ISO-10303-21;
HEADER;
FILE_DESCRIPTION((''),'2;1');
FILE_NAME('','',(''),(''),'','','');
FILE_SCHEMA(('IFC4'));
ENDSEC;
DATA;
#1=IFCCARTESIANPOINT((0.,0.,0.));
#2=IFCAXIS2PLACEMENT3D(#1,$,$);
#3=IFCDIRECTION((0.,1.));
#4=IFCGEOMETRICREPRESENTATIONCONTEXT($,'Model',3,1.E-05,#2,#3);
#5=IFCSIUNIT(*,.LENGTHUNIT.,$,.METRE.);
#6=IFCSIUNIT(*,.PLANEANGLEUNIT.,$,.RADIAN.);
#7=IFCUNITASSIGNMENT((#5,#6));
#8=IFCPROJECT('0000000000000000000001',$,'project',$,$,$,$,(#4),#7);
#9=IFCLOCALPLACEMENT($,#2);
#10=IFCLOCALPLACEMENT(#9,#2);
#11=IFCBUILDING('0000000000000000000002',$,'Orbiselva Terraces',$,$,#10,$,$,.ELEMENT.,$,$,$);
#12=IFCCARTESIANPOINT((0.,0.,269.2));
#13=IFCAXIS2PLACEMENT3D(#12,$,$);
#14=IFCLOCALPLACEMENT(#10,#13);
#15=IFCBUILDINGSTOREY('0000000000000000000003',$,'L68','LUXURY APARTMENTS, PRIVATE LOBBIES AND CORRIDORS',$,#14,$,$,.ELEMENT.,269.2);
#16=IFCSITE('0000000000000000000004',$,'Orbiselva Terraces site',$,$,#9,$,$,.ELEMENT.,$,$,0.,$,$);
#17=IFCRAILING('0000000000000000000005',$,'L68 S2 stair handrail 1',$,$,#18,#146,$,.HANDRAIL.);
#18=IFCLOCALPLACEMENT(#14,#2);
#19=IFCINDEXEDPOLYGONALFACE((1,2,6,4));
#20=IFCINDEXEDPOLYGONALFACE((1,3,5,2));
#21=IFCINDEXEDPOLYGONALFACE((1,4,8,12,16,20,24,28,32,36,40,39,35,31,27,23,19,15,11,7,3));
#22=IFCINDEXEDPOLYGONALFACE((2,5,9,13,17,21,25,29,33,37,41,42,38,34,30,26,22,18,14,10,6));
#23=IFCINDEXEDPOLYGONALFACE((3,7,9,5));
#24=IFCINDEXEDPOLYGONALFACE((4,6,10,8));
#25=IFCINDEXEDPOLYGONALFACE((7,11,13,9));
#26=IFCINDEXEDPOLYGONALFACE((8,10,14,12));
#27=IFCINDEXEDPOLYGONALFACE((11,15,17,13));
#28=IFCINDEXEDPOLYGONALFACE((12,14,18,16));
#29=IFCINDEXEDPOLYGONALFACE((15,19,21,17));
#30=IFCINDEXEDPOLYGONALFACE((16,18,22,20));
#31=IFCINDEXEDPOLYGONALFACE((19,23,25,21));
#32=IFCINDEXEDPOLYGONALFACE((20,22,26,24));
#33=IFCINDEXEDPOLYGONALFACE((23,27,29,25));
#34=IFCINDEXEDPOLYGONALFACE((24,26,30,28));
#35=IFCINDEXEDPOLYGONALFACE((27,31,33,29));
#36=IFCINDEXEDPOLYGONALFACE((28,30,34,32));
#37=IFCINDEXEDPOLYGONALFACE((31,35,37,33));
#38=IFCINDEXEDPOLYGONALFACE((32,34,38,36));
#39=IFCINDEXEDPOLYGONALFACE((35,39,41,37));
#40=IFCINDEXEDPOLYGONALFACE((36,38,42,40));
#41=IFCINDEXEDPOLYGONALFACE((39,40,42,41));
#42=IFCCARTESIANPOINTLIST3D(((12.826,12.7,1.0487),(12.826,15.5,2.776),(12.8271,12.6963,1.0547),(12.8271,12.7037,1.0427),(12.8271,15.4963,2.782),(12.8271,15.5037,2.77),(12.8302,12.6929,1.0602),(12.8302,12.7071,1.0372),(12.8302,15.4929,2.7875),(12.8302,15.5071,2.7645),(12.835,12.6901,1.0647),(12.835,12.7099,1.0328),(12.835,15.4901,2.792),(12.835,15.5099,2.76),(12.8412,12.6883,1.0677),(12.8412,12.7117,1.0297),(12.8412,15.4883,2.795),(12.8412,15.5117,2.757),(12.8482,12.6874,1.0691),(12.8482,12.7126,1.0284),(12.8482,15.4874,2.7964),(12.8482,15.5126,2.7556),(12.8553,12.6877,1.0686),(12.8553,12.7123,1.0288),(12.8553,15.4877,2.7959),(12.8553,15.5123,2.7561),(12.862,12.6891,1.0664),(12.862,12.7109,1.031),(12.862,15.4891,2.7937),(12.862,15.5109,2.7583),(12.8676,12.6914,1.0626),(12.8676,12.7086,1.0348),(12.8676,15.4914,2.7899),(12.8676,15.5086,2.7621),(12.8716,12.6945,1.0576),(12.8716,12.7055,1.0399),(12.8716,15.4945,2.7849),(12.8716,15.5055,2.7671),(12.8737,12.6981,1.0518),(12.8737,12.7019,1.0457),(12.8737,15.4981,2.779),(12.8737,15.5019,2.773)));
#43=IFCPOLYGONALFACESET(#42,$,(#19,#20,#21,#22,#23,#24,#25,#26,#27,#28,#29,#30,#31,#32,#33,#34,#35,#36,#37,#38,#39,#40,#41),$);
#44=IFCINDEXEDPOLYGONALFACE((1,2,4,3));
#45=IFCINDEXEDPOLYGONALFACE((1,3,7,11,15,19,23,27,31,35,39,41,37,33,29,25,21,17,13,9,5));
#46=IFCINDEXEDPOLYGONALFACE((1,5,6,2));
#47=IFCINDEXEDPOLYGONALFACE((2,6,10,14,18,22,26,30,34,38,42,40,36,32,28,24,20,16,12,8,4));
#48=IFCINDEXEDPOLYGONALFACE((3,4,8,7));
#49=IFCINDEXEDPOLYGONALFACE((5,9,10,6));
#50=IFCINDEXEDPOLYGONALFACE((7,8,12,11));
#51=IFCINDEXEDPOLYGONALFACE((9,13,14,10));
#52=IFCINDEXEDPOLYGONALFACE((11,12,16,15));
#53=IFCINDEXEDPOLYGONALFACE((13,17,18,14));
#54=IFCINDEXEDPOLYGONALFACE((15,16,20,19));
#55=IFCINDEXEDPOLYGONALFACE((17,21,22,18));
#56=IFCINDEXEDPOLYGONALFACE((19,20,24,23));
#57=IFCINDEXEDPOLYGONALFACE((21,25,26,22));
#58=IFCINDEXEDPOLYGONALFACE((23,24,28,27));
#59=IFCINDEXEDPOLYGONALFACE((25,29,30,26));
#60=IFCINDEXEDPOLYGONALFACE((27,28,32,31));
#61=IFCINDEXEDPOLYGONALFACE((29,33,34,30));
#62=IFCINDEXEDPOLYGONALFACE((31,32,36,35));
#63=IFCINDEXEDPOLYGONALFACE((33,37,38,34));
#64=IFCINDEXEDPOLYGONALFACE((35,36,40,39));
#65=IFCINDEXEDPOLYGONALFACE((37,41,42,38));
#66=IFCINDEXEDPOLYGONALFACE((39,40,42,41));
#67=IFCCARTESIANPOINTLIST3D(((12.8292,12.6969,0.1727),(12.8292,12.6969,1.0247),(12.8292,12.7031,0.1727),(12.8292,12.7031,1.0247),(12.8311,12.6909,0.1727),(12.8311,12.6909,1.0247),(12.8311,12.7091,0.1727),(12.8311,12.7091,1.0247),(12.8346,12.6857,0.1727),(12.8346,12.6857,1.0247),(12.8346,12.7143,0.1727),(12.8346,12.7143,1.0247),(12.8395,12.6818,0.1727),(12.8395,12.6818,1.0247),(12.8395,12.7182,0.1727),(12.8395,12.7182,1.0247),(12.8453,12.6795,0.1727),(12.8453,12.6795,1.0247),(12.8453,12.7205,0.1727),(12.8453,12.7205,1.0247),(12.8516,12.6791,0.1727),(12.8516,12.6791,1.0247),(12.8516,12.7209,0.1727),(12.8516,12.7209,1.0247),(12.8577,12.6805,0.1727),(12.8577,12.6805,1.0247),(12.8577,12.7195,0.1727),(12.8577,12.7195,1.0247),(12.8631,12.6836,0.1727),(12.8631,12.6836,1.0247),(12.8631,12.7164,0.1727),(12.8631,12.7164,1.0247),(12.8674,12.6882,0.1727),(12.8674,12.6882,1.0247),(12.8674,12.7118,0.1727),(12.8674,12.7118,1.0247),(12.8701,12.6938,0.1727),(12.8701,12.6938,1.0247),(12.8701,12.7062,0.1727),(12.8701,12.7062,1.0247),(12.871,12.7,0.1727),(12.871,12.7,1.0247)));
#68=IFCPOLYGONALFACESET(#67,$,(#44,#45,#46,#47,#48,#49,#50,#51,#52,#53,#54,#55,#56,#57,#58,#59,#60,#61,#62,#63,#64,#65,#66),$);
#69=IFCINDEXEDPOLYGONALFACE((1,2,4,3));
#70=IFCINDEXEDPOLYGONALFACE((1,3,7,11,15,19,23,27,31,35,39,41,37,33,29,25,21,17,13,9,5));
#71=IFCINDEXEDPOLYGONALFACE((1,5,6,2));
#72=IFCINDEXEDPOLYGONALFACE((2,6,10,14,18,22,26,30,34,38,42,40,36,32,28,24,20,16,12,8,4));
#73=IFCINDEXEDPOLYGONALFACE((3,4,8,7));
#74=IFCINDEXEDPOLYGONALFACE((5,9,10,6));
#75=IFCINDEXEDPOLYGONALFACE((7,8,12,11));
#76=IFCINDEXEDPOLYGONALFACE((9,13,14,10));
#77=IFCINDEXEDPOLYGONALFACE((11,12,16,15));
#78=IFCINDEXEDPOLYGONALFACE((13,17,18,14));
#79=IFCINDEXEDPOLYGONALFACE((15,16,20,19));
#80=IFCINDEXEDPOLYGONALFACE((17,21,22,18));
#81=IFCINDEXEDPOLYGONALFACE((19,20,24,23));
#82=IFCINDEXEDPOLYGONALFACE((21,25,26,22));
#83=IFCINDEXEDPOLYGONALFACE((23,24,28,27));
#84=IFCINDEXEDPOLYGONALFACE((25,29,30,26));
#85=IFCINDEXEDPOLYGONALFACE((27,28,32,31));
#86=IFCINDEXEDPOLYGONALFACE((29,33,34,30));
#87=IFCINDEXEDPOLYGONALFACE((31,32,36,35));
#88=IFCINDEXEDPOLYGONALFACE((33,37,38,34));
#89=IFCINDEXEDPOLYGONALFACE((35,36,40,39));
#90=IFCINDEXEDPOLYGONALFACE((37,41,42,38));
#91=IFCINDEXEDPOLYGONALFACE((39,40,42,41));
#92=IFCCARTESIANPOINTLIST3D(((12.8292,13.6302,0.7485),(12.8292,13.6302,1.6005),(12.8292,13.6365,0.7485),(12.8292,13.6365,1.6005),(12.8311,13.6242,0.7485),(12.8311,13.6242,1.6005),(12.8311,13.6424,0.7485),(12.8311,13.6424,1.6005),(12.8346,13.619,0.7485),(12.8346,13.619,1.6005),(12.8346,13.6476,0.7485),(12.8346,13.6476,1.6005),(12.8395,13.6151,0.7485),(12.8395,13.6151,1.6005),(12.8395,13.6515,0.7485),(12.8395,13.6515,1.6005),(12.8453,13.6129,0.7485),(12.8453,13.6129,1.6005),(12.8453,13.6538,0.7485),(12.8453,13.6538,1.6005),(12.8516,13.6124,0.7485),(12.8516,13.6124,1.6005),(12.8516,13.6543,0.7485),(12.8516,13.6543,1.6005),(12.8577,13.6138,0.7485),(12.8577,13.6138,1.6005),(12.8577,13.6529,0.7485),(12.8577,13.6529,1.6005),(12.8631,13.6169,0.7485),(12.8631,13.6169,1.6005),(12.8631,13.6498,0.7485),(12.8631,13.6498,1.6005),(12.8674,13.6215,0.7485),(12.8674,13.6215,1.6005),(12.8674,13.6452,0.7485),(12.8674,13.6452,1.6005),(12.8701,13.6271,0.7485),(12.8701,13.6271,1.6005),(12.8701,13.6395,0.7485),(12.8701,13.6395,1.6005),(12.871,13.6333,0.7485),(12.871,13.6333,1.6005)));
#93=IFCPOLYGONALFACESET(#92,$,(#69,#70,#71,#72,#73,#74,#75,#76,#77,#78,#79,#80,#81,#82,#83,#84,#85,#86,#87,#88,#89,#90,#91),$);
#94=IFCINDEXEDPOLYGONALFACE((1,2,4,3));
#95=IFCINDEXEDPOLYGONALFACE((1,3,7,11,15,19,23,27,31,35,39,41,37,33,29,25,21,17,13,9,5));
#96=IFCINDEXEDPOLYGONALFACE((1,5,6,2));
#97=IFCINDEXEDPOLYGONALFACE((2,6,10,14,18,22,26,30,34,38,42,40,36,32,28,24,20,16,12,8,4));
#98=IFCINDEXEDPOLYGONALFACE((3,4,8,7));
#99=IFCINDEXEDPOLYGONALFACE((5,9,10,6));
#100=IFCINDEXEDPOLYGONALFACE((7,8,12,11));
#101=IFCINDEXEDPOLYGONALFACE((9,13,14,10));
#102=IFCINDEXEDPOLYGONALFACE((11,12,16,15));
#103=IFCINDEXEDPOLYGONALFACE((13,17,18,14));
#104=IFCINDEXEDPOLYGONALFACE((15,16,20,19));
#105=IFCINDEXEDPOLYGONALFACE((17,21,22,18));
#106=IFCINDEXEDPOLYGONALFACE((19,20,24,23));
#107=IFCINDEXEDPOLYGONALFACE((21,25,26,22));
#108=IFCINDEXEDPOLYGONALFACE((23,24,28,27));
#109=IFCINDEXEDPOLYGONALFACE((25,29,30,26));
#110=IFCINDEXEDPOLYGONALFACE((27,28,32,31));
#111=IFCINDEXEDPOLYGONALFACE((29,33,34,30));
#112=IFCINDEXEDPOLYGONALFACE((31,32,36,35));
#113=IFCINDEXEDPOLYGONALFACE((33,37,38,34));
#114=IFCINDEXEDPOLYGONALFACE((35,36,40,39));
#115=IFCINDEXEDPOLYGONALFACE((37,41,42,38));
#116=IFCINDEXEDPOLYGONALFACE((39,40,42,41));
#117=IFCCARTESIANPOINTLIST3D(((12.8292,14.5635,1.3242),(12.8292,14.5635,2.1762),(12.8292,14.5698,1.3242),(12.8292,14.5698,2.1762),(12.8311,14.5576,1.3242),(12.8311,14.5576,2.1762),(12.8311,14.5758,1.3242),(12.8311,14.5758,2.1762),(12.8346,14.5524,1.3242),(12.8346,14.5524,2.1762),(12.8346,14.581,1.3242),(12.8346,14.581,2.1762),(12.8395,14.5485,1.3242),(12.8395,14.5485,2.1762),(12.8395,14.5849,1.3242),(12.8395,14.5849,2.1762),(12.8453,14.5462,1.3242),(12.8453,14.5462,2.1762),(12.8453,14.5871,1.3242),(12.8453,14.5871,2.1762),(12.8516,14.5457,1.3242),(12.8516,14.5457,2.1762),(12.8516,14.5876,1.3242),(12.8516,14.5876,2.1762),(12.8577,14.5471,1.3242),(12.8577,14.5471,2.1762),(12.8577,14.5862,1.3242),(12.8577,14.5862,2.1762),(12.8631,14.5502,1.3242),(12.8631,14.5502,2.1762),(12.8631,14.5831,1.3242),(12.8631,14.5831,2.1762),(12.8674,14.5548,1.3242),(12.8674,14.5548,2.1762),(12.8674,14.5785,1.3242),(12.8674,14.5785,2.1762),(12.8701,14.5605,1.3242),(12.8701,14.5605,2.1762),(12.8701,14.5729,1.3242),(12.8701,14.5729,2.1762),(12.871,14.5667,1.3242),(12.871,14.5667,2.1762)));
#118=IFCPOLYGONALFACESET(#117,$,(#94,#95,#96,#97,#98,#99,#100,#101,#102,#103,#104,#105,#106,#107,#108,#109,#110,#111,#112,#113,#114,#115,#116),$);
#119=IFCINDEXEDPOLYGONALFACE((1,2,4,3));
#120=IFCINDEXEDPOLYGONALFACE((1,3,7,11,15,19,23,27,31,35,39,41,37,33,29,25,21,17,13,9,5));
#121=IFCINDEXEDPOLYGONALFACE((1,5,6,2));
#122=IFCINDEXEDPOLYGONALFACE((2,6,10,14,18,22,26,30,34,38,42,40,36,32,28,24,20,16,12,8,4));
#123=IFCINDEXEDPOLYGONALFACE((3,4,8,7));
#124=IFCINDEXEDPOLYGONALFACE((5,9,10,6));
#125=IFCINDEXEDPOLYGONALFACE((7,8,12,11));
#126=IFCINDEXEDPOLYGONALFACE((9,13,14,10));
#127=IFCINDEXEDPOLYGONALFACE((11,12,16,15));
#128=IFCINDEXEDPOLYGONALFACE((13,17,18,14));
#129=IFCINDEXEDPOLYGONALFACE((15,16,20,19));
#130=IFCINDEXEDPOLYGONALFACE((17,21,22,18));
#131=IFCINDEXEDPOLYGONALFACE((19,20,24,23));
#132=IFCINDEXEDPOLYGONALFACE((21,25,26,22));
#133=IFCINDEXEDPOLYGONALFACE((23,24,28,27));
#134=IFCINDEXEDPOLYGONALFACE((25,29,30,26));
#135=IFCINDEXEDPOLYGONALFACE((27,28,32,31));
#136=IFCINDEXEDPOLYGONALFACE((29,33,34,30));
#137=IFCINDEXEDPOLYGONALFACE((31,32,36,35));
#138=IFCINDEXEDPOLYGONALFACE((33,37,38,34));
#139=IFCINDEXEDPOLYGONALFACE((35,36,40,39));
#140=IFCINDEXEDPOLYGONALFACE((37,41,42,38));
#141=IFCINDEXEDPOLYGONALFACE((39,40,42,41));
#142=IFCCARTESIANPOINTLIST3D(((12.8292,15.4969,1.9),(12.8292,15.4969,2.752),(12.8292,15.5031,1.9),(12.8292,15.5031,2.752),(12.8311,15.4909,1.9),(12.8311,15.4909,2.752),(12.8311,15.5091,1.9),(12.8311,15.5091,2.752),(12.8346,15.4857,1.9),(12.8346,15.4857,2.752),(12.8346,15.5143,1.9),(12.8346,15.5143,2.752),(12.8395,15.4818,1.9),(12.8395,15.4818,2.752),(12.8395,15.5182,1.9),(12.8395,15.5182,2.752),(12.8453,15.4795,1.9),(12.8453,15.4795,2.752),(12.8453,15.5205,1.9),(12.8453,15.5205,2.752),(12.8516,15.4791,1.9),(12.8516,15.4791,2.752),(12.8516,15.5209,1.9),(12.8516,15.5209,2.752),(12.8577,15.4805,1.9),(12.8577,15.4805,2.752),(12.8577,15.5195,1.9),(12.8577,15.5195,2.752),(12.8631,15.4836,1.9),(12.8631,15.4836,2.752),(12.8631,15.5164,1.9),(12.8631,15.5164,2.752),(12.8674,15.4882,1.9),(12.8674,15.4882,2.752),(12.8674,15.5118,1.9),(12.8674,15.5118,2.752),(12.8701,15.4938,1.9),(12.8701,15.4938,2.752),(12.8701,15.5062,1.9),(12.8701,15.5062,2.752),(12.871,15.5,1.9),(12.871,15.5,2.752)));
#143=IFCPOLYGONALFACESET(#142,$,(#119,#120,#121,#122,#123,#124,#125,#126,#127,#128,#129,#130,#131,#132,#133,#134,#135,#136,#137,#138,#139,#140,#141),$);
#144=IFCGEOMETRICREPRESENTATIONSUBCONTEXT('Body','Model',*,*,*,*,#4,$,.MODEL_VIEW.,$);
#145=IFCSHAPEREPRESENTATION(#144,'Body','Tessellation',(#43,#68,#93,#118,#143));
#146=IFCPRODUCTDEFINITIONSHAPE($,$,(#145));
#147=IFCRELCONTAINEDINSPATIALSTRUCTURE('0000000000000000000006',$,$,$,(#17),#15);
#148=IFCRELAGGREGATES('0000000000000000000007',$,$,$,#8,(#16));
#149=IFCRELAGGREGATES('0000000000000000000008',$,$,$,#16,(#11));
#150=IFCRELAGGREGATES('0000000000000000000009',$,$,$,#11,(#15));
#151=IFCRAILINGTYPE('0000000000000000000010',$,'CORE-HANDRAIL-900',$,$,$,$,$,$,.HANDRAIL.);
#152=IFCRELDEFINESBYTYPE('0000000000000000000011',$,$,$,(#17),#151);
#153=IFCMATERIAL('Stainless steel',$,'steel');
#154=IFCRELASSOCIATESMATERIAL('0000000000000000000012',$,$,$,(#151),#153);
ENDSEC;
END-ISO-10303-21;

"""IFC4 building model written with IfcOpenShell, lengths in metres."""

from ifc_helpers import new_model, si_unit, direction, frame, origin, origin_2d, place, context, subcontext, project, spatial, circle, extrude, material, type_object, element, save


model = new_model("IFC4")

# Units and contexts
model_context = context("Model", 3, precision=1e-05, world=origin(), true_north=direction((0.0, 1.0)))
body_context = subcontext(model_context, "Body", "Model", "MODEL_VIEW")
ifc_project = project(units=[si_unit("LENGTHUNIT", "METRE"), si_unit("PLANEANGLEUNIT", "RADIAN")], contexts=[model_context])

# Site, building, storey
site_placement = place(None, origin())
site = spatial("IfcSite", under=ifc_project, at=site_placement, Name="Orbiselva Terraces site", CompositionType="ELEMENT", RefElevation=0.0)
building_placement = place(site_placement, origin())
building = spatial("IfcBuilding", under=site, at=building_placement, Name="Orbiselva Terraces", CompositionType="ELEMENT")
storey_placement = place(building_placement, frame((0.0, 0.0, 269.2)))
storey = spatial("IfcBuildingStorey", under=building, at=storey_placement, Name="L68", Description="LUXURY APARTMENTS, PRIVATE LOBBIES AND CORRIDORS", CompositionType="ELEMENT", Elevation=269.2)

# Railing
ifc_material_1 = material(Name="Stainless steel", Category="steel")
railing_type_1 = type_object("IfcRailingType", Name="CORE-HANDRAIL-900", PredefinedType="HANDRAIL", material=ifc_material_1)
railing_1_placement = place(storey_placement, frame((12.85, 12.7, 0.1727)))
element("IfcRailing", 1, at=railing_1_placement, inside=storey, type_object=railing_type_1, Name="L68 S2 stair handrail 1", PredefinedType="HANDRAIL", context=body_context, shape_type="SweptSolid", body=[
    extrude(circle(Radius=0.024, at=origin_2d()), frame((0.0, 0.0, 0.876), z_axis=(0.0, 0.851089, 0.525022), x_axis=(-1.0, 0.0, 0.0)), (0.0, 0.0, 1.0), 3.2899),
    extrude(circle(Radius=0.021, at=origin_2d()), origin(), (0.0, 0.0, 1.0), 0.852),
    extrude(circle(Radius=0.021, at=origin_2d()), frame((0.0, 0.9333, 0.5758)), (0.0, 0.0, 1.0), 0.852),
    extrude(circle(Radius=0.021, at=origin_2d()), frame((0.0, 1.8667, 1.1515)), (0.0, 0.0, 1.0), 0.852),
    extrude(circle(Radius=0.021, at=origin_2d()), frame((0.0, 2.8, 1.7273)), (0.0, 0.0, 1.0), 0.852),
])

save(model, "model.ifc")
